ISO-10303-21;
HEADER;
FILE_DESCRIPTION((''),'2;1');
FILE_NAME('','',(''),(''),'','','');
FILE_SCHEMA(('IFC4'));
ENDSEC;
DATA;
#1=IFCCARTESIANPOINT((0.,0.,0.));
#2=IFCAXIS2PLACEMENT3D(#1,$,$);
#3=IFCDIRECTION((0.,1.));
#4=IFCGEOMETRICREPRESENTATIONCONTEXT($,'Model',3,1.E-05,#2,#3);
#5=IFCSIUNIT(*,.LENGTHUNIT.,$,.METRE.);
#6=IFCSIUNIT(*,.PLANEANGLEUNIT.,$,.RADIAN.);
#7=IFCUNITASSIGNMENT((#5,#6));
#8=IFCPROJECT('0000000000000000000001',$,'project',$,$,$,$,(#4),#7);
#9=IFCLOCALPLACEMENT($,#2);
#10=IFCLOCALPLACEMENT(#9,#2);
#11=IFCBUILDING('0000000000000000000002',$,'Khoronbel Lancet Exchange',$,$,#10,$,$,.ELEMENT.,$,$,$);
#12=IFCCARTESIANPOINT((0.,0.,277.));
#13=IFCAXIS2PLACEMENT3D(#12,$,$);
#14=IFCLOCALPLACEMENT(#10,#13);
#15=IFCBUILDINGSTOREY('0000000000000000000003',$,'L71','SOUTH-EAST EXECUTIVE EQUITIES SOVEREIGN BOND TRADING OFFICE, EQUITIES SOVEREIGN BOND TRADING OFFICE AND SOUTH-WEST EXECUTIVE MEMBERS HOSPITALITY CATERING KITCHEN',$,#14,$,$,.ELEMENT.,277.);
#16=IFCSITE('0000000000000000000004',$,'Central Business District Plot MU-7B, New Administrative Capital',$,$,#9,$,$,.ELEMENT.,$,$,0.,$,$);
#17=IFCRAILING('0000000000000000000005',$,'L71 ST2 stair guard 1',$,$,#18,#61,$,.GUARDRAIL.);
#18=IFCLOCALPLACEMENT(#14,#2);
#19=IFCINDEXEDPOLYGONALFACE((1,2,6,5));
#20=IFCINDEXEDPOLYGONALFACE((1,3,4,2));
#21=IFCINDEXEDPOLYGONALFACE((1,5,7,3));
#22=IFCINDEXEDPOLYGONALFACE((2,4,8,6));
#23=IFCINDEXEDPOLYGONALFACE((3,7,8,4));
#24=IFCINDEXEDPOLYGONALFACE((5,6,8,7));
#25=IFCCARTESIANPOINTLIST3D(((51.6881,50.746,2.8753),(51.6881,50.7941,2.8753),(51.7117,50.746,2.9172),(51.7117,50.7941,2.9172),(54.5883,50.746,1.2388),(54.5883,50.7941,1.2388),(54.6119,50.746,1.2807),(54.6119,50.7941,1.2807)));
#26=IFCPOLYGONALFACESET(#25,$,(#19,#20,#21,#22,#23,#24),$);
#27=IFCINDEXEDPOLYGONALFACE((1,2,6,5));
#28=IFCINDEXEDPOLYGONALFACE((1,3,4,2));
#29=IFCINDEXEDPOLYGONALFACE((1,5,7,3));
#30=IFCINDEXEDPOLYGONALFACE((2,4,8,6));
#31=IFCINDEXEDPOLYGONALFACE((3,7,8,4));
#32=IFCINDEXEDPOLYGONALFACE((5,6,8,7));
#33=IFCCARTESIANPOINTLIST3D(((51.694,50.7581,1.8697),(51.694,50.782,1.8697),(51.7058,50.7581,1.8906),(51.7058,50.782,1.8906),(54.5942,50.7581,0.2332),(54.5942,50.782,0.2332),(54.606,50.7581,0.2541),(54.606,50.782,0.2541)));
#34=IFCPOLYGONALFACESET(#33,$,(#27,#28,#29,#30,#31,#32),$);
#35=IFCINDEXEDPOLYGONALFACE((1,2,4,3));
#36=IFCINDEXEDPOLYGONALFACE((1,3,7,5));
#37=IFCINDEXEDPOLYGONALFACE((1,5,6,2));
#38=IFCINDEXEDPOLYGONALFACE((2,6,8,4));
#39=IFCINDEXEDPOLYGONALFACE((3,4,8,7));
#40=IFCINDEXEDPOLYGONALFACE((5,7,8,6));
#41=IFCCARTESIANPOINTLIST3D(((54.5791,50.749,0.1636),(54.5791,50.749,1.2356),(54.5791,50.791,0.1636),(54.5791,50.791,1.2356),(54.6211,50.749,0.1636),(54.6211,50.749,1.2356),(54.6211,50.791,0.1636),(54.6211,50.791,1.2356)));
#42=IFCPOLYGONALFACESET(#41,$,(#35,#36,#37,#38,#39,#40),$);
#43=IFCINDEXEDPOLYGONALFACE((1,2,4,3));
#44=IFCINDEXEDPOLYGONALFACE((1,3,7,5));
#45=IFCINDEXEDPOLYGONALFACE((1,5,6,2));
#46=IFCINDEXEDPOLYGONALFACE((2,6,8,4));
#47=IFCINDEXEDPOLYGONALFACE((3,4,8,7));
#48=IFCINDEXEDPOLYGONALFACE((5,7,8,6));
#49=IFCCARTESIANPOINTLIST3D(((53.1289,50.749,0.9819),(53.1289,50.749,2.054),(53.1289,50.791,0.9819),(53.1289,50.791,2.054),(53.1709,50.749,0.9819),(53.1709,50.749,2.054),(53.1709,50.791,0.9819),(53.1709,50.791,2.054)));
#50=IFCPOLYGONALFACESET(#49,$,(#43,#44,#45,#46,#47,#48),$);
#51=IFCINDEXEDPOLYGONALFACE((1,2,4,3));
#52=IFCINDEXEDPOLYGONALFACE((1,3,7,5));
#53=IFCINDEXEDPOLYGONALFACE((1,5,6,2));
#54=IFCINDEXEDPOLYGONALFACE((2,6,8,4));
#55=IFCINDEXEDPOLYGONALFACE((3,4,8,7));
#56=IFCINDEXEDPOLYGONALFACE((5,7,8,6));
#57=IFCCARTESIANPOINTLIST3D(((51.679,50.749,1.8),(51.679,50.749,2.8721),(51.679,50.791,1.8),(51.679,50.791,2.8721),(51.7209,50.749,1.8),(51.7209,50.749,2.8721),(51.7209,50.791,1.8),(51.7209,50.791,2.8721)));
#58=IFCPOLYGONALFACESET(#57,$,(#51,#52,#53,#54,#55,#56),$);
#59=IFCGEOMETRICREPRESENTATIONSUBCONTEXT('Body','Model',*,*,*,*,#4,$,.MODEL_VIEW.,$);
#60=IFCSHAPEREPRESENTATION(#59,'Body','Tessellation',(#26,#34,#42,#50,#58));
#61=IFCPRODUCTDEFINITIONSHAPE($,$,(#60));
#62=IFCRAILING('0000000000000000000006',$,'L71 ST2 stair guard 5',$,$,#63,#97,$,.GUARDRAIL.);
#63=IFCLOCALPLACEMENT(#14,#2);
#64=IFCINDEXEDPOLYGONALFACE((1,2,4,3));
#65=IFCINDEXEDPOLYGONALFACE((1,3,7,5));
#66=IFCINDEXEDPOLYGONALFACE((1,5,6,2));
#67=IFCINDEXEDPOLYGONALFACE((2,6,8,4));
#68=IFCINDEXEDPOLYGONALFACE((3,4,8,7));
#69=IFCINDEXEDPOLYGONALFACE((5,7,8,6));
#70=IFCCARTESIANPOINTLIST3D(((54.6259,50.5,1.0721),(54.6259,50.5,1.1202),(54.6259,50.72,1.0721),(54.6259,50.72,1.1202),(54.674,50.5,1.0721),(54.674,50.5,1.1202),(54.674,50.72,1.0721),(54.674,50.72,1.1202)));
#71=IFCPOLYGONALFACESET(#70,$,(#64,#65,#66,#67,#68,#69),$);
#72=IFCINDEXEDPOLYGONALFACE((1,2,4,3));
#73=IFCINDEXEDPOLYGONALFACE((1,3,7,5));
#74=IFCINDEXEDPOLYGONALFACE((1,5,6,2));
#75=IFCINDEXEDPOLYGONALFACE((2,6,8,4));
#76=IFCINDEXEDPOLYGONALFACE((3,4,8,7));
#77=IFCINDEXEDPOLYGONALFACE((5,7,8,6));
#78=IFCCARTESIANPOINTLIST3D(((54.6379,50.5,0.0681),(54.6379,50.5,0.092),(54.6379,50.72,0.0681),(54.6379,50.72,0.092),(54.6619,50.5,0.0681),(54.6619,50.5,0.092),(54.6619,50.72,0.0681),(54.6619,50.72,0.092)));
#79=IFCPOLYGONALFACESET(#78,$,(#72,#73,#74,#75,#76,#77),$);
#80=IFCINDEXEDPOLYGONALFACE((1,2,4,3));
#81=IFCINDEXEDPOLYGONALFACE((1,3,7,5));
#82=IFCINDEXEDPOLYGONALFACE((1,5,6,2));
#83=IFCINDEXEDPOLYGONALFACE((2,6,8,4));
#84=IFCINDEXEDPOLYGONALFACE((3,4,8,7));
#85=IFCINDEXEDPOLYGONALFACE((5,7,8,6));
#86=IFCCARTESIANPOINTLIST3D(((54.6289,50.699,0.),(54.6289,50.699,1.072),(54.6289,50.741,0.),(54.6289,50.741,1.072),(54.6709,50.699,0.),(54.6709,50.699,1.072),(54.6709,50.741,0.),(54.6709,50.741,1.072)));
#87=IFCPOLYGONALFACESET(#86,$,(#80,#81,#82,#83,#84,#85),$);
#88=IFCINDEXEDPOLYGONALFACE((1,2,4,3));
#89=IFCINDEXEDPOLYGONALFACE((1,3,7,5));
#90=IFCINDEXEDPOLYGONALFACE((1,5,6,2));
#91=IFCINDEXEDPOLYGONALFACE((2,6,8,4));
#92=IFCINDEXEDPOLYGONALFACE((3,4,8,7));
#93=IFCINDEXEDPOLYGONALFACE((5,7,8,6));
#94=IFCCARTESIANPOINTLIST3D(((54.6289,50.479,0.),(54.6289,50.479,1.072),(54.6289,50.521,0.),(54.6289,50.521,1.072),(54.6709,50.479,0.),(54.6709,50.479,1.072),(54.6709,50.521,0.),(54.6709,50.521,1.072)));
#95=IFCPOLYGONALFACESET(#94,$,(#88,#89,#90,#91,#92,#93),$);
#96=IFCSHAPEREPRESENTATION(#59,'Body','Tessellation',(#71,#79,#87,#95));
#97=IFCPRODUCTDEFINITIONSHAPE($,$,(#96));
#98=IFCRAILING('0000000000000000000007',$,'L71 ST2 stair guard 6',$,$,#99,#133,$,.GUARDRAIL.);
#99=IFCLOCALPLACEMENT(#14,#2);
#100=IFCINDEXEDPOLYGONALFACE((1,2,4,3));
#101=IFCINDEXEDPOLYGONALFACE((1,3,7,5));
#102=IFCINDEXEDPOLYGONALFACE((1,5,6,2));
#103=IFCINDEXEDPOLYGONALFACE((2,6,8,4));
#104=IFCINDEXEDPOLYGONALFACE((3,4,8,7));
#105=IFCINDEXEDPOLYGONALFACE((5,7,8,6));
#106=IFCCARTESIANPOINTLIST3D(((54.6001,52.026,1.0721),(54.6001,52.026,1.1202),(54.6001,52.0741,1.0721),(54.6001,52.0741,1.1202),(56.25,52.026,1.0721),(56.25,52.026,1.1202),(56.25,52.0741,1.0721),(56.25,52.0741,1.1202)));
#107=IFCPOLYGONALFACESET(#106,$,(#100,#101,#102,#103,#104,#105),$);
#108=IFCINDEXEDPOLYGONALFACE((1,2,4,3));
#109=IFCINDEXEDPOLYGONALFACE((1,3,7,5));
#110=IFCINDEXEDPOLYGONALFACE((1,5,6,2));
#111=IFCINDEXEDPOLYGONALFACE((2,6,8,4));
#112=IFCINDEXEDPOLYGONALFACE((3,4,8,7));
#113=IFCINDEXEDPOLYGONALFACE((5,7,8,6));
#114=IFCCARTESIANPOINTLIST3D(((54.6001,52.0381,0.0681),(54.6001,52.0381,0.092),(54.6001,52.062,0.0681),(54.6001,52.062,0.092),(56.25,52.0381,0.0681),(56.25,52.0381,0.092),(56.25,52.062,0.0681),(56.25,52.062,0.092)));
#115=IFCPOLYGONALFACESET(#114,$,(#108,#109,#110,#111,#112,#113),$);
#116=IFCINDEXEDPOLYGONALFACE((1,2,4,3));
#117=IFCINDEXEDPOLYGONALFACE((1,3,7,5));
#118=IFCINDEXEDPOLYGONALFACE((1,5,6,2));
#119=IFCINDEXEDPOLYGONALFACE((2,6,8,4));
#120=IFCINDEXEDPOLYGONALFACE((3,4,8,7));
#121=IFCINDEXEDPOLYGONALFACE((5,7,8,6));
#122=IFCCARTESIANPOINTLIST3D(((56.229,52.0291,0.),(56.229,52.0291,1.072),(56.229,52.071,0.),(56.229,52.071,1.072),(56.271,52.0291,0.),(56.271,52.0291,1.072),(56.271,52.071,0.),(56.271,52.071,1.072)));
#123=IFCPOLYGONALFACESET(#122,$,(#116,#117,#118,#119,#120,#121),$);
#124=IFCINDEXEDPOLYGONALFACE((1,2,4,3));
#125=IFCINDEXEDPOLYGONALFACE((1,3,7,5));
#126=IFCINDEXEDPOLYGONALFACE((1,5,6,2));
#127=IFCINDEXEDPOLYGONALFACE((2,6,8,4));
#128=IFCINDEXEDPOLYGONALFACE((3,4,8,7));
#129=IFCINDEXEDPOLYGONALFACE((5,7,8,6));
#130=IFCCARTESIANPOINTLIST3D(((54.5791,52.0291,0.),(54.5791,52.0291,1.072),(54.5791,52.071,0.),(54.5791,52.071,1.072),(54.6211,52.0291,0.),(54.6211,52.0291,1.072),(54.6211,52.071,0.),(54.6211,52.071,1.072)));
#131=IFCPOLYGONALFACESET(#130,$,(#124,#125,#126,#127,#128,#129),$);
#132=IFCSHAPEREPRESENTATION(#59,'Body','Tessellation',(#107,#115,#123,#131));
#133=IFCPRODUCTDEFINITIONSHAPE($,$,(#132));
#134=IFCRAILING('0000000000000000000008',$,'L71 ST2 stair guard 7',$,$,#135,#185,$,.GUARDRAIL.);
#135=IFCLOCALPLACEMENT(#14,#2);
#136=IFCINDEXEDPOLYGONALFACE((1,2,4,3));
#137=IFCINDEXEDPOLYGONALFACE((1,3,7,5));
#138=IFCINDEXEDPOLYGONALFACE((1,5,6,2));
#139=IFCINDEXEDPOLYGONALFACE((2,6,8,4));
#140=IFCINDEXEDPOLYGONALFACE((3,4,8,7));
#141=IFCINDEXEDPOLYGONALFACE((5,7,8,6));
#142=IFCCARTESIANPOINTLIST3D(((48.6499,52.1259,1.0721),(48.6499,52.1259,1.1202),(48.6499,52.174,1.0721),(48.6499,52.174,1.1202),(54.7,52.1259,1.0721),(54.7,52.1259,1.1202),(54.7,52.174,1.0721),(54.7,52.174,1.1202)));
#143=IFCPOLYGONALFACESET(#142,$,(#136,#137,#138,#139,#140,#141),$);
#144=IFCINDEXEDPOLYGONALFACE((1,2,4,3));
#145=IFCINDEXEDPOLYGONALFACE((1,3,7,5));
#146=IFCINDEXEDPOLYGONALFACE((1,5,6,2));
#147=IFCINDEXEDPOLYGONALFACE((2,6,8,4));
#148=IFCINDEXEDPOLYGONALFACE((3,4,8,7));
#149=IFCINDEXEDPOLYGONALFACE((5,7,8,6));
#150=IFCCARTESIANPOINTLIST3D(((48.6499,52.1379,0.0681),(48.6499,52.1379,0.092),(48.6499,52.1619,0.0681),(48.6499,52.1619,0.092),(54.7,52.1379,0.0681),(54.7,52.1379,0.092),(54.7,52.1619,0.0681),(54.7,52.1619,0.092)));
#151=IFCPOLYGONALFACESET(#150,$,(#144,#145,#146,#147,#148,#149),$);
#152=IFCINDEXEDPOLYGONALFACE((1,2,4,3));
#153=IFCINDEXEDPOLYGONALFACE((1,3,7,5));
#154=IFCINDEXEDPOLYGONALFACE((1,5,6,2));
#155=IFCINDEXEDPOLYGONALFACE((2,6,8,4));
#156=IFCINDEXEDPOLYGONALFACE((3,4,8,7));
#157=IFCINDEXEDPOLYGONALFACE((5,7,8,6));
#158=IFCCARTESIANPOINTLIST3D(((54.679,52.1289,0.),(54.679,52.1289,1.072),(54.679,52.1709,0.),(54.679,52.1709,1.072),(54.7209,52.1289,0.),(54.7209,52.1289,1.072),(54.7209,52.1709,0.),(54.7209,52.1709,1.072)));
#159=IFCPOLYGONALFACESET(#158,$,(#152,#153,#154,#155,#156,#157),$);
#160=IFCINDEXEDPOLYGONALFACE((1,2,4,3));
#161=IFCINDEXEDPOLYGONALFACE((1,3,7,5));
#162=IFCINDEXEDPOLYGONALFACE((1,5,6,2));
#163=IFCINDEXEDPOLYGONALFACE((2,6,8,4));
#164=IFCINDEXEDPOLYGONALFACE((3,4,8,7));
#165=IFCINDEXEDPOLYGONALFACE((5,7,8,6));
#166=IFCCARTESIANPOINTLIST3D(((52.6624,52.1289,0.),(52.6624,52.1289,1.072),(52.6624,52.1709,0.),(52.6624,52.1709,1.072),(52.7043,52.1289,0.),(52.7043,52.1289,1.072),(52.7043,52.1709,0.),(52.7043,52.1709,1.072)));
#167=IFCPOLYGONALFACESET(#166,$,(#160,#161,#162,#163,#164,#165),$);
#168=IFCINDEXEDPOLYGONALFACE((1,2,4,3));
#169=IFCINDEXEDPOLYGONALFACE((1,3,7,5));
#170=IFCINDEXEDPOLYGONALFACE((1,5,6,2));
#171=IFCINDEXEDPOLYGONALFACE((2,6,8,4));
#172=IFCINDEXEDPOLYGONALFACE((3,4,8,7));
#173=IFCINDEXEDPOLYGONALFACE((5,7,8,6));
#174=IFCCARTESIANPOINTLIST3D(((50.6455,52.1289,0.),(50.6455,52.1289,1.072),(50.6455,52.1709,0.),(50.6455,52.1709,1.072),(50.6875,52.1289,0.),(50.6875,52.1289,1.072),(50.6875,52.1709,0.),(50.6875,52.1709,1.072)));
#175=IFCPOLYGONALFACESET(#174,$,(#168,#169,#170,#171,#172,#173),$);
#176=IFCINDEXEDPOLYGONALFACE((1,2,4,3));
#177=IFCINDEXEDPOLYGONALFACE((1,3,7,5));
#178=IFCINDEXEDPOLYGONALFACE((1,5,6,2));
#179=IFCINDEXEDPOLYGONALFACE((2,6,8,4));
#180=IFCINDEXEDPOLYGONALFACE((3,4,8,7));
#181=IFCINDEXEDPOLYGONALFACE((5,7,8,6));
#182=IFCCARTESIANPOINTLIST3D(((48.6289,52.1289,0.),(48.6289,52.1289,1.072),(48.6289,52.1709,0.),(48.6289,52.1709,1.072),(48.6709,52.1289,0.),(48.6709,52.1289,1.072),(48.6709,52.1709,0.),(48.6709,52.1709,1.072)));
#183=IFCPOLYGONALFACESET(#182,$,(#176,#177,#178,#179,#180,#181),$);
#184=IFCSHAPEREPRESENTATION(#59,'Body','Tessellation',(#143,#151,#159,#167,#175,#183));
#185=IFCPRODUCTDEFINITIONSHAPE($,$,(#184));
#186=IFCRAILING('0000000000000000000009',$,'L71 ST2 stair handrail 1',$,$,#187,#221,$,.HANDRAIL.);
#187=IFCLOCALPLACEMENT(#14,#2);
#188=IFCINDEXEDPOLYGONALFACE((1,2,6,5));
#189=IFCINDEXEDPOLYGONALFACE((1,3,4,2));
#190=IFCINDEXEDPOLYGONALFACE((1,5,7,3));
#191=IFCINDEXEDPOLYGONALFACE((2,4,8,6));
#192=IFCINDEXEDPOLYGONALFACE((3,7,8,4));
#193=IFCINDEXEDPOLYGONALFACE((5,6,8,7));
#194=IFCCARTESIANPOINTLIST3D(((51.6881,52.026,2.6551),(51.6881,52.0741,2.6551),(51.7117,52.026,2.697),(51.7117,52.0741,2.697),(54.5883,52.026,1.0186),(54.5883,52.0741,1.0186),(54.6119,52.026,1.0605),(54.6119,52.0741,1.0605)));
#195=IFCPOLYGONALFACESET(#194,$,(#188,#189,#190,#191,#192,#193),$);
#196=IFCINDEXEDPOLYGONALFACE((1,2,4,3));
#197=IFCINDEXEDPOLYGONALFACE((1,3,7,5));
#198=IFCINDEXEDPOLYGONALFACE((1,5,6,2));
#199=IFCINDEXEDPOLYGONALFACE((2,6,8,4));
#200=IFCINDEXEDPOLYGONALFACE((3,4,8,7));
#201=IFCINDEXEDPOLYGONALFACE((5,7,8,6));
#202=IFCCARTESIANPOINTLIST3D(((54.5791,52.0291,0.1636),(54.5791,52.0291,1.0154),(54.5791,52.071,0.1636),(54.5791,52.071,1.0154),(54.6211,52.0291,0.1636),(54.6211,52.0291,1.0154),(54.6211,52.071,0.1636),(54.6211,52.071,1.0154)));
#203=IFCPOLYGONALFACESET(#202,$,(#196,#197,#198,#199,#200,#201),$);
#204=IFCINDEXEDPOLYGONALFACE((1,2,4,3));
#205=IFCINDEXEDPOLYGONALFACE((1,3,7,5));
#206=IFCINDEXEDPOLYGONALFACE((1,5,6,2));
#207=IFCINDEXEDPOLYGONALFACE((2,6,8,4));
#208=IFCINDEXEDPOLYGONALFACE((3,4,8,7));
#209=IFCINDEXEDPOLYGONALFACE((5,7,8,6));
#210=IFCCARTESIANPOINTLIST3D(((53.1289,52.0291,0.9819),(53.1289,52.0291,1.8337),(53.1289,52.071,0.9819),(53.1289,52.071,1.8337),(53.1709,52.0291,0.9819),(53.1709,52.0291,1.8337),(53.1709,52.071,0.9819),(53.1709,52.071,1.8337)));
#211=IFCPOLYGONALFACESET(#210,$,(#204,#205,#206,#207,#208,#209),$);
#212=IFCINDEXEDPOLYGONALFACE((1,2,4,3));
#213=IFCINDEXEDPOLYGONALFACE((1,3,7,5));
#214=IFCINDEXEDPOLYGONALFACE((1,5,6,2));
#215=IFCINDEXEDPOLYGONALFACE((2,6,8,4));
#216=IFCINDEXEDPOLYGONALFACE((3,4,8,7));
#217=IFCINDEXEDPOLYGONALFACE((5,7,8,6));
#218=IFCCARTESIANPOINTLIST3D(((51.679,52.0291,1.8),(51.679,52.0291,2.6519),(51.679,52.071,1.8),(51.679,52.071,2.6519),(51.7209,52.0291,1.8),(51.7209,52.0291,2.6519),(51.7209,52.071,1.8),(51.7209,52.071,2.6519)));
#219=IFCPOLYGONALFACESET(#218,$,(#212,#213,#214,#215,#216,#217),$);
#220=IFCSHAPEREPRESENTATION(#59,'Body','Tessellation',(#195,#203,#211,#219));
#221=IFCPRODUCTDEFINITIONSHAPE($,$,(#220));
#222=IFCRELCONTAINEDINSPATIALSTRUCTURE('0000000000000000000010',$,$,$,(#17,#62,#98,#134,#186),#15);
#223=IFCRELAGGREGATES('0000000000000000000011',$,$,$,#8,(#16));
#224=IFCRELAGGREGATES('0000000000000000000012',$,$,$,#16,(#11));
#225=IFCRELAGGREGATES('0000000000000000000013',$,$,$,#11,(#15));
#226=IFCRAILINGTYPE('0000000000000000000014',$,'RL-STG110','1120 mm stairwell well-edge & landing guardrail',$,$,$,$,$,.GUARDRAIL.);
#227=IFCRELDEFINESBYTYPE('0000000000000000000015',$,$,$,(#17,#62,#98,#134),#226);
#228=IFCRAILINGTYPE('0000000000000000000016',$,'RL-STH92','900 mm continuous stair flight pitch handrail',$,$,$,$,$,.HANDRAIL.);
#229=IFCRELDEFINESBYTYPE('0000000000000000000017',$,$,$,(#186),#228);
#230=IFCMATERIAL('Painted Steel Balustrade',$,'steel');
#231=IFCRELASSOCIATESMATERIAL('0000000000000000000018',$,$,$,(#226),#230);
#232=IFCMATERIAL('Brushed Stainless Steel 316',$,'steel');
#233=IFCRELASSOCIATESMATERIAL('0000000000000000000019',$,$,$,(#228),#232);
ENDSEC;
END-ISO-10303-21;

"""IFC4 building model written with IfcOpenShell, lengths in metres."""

from ifc_helpers import new_model, si_unit, direction, frame, origin, origin_2d, place, context, subcontext, project, spatial, rectangle, extrude, material, type_object, element, save


model = new_model("IFC4")

# Units and contexts
model_context = context("Model", 3, precision=1e-05, world=origin(), true_north=direction((0.0, 1.0)))
body_context = subcontext(model_context, "Body", "Model", "MODEL_VIEW")
ifc_project = project(units=[si_unit("LENGTHUNIT", "METRE"), si_unit("PLANEANGLEUNIT", "RADIAN")], contexts=[model_context])

# Site, building, storey
site_placement = place(None, origin())
site = spatial("IfcSite", under=ifc_project, at=site_placement, Name="Central Business District Plot MU-7B, New Administrative Capital", CompositionType="ELEMENT", RefElevation=0.0)
building_placement = place(site_placement, origin())
building = spatial("IfcBuilding", under=site, at=building_placement, Name="Khoronbel Lancet Exchange", CompositionType="ELEMENT")
storey_placement = place(building_placement, frame((0.0, 0.0, 277.0)))
storey = spatial("IfcBuildingStorey", under=building, at=storey_placement, Name="L71", Description="SOUTH-EAST EXECUTIVE EQUITIES SOVEREIGN BOND TRADING OFFICE, EQUITIES SOVEREIGN BOND TRADING OFFICE AND SOUTH-WEST EXECUTIVE MEMBERS HOSPITALITY CATERING KITCHEN", CompositionType="ELEMENT", Elevation=277.0)

# Railings
ifc_material_1 = material(Name="Painted Steel Balustrade", Category="steel")
railing_type_1 = type_object("IfcRailingType", Name="RL-STG110", Description="1120 mm stairwell well-edge & landing guardrail", PredefinedType="GUARDRAIL", material=ifc_material_1)
railing_1_placement = place(storey_placement, frame((54.6001, 50.77, 0.1636)))
element("IfcRailing", 1, at=railing_1_placement, inside=storey, type_object=railing_type_1, Name="L71 ST2 stair guard 1", PredefinedType="GUARDRAIL", context=body_context, shape_type="SweptSolid", body=[
    extrude(rectangle(XDim=0.0481, YDim=0.0481, at=origin_2d()), frame((0.0, 0.0, 1.0962), z_axis=(-0.870915, 0.0, 0.491434), x_axis=(0.0, -1.0, 0.0)), (0.0, 0.0, 1.0), 3.3301),
    extrude(rectangle(XDim=0.0239, YDim=0.0239, at=origin_2d()), frame((0.0, 0.0, 0.0801), z_axis=(-0.870915, 0.0, 0.491434), x_axis=(0.0, -1.0, 0.0)), (0.0, 0.0, 1.0), 3.3301),
    extrude(rectangle(XDim=0.042, YDim=0.042, at=origin_2d()), origin(), (0.0, 0.0, 1.0), 1.072),
    extrude(rectangle(XDim=0.042, YDim=0.042, at=origin_2d()), frame((-1.4502, 0.0, 0.8184)), (0.0, 0.0, 1.0), 1.072),
    extrude(rectangle(XDim=0.042, YDim=0.042, at=origin_2d()), frame((-2.9001, 0.0, 1.6365)), (0.0, 0.0, 1.0), 1.072),
])
railing_2_placement = place(storey_placement, frame((54.6499, 50.72, 0.0)))
element("IfcRailing", 2, at=railing_2_placement, inside=storey, type_object=railing_type_1, Name="L71 ST2 stair guard 5", PredefinedType="GUARDRAIL", context=body_context, shape_type="SweptSolid", body=[
    extrude(rectangle(XDim=0.0481, YDim=0.0481, at=origin_2d()), frame((0.0, 0.0, 1.0962), z_axis=(0.0, -1.0, 0.0), x_axis=(1.0, 0.0, 0.0)), (0.0, 0.0, 1.0), 0.22),
    extrude(rectangle(XDim=0.0239, YDim=0.0239, at=origin_2d()), frame((0.0, 0.0, 0.0801), z_axis=(0.0, -1.0, 0.0), x_axis=(1.0, 0.0, 0.0)), (0.0, 0.0, 1.0), 0.22),
    extrude(rectangle(XDim=0.042, YDim=0.042, at=origin_2d()), origin(), (0.0, 0.0, 1.0), 1.072),
    extrude(rectangle(XDim=0.042, YDim=0.042, at=origin_2d()), frame((0.0, -0.22, 0.0)), (0.0, 0.0, 1.0), 1.072),
])
railing_3_placement = place(storey_placement, frame((56.25, 52.05, 0.0)))
element("IfcRailing", 3, at=railing_3_placement, inside=storey, type_object=railing_type_1, Name="L71 ST2 stair guard 6", PredefinedType="GUARDRAIL", context=body_context, shape_type="SweptSolid", body=[
    extrude(rectangle(XDim=0.0481, YDim=0.0481, at=origin_2d()), frame((0.0, 0.0, 1.0962), z_axis=(-1.0, 0.0, 0.0), x_axis=(0.0, -1.0, 0.0)), (0.0, 0.0, 1.0), 1.6499),
    extrude(rectangle(XDim=0.0239, YDim=0.0239, at=origin_2d()), frame((0.0, 0.0, 0.0801), z_axis=(-1.0, 0.0, 0.0), x_axis=(0.0, -1.0, 0.0)), (0.0, 0.0, 1.0), 1.6499),
    extrude(rectangle(XDim=0.042, YDim=0.042, at=origin_2d()), origin(), (0.0, 0.0, 1.0), 1.072),
    extrude(rectangle(XDim=0.042, YDim=0.042, at=origin_2d()), frame((-1.6499, 0.0, 0.0)), (0.0, 0.0, 1.0), 1.072),
])
railing_4_placement = place(storey_placement, frame((54.7, 52.1499, 0.0)))
element("IfcRailing", 4, at=railing_4_placement, inside=storey, type_object=railing_type_1, Name="L71 ST2 stair guard 7", PredefinedType="GUARDRAIL", context=body_context, shape_type="SweptSolid", body=[
    extrude(rectangle(XDim=0.0481, YDim=0.0481, at=origin_2d()), frame((0.0, 0.0, 1.0962), z_axis=(-1.0, 0.0, 0.0), x_axis=(0.0, -1.0, 0.0)), (0.0, 0.0, 1.0), 6.05),
    extrude(rectangle(XDim=0.0239, YDim=0.0239, at=origin_2d()), frame((0.0, 0.0, 0.0801), z_axis=(-1.0, 0.0, 0.0), x_axis=(0.0, -1.0, 0.0)), (0.0, 0.0, 1.0), 6.05),
    extrude(rectangle(XDim=0.042, YDim=0.042, at=origin_2d()), origin(), (0.0, 0.0, 1.0), 1.072),
    extrude(rectangle(XDim=0.042, YDim=0.042, at=origin_2d()), frame((-2.0166, 0.0, 0.0)), (0.0, 0.0, 1.0), 1.072),
    extrude(rectangle(XDim=0.042, YDim=0.042, at=origin_2d()), frame((-4.0334, 0.0, 0.0)), (0.0, 0.0, 1.0), 1.072),
    extrude(rectangle(XDim=0.042, YDim=0.042, at=origin_2d()), frame((-6.05, 0.0, 0.0)), (0.0, 0.0, 1.0), 1.072),
])
ifc_material_2 = material(Name="Brushed Stainless Steel 316", Category="steel")
railing_type_2 = type_object("IfcRailingType", Name="RL-STH92", Description="900 mm continuous stair flight pitch handrail", PredefinedType="HANDRAIL", material=ifc_material_2)
railing_5_placement = place(storey_placement, frame((54.6001, 52.05, 0.1636)))
element("IfcRailing", 5, at=railing_5_placement, inside=storey, type_object=railing_type_2, Name="L71 ST2 stair handrail 1", PredefinedType="HANDRAIL", context=body_context, shape_type="SweptSolid", body=[
    extrude(rectangle(XDim=0.0481, YDim=0.0481, at=origin_2d()), frame((0.0, 0.0, 0.876), z_axis=(-0.870915, 0.0, 0.491434), x_axis=(0.0, -1.0, 0.0)), (0.0, 0.0, 1.0), 3.3301),
    extrude(rectangle(XDim=0.042, YDim=0.042, at=origin_2d()), origin(), (0.0, 0.0, 1.0), 0.8518),
    extrude(rectangle(XDim=0.042, YDim=0.042, at=origin_2d()), frame((-1.4502, 0.0, 0.8184)), (0.0, 0.0, 1.0), 0.8518),
    extrude(rectangle(XDim=0.042, YDim=0.042, at=origin_2d()), frame((-2.9001, 0.0, 1.6365)), (0.0, 0.0, 1.0), 0.8518),
])

save(model, "model.ifc")
